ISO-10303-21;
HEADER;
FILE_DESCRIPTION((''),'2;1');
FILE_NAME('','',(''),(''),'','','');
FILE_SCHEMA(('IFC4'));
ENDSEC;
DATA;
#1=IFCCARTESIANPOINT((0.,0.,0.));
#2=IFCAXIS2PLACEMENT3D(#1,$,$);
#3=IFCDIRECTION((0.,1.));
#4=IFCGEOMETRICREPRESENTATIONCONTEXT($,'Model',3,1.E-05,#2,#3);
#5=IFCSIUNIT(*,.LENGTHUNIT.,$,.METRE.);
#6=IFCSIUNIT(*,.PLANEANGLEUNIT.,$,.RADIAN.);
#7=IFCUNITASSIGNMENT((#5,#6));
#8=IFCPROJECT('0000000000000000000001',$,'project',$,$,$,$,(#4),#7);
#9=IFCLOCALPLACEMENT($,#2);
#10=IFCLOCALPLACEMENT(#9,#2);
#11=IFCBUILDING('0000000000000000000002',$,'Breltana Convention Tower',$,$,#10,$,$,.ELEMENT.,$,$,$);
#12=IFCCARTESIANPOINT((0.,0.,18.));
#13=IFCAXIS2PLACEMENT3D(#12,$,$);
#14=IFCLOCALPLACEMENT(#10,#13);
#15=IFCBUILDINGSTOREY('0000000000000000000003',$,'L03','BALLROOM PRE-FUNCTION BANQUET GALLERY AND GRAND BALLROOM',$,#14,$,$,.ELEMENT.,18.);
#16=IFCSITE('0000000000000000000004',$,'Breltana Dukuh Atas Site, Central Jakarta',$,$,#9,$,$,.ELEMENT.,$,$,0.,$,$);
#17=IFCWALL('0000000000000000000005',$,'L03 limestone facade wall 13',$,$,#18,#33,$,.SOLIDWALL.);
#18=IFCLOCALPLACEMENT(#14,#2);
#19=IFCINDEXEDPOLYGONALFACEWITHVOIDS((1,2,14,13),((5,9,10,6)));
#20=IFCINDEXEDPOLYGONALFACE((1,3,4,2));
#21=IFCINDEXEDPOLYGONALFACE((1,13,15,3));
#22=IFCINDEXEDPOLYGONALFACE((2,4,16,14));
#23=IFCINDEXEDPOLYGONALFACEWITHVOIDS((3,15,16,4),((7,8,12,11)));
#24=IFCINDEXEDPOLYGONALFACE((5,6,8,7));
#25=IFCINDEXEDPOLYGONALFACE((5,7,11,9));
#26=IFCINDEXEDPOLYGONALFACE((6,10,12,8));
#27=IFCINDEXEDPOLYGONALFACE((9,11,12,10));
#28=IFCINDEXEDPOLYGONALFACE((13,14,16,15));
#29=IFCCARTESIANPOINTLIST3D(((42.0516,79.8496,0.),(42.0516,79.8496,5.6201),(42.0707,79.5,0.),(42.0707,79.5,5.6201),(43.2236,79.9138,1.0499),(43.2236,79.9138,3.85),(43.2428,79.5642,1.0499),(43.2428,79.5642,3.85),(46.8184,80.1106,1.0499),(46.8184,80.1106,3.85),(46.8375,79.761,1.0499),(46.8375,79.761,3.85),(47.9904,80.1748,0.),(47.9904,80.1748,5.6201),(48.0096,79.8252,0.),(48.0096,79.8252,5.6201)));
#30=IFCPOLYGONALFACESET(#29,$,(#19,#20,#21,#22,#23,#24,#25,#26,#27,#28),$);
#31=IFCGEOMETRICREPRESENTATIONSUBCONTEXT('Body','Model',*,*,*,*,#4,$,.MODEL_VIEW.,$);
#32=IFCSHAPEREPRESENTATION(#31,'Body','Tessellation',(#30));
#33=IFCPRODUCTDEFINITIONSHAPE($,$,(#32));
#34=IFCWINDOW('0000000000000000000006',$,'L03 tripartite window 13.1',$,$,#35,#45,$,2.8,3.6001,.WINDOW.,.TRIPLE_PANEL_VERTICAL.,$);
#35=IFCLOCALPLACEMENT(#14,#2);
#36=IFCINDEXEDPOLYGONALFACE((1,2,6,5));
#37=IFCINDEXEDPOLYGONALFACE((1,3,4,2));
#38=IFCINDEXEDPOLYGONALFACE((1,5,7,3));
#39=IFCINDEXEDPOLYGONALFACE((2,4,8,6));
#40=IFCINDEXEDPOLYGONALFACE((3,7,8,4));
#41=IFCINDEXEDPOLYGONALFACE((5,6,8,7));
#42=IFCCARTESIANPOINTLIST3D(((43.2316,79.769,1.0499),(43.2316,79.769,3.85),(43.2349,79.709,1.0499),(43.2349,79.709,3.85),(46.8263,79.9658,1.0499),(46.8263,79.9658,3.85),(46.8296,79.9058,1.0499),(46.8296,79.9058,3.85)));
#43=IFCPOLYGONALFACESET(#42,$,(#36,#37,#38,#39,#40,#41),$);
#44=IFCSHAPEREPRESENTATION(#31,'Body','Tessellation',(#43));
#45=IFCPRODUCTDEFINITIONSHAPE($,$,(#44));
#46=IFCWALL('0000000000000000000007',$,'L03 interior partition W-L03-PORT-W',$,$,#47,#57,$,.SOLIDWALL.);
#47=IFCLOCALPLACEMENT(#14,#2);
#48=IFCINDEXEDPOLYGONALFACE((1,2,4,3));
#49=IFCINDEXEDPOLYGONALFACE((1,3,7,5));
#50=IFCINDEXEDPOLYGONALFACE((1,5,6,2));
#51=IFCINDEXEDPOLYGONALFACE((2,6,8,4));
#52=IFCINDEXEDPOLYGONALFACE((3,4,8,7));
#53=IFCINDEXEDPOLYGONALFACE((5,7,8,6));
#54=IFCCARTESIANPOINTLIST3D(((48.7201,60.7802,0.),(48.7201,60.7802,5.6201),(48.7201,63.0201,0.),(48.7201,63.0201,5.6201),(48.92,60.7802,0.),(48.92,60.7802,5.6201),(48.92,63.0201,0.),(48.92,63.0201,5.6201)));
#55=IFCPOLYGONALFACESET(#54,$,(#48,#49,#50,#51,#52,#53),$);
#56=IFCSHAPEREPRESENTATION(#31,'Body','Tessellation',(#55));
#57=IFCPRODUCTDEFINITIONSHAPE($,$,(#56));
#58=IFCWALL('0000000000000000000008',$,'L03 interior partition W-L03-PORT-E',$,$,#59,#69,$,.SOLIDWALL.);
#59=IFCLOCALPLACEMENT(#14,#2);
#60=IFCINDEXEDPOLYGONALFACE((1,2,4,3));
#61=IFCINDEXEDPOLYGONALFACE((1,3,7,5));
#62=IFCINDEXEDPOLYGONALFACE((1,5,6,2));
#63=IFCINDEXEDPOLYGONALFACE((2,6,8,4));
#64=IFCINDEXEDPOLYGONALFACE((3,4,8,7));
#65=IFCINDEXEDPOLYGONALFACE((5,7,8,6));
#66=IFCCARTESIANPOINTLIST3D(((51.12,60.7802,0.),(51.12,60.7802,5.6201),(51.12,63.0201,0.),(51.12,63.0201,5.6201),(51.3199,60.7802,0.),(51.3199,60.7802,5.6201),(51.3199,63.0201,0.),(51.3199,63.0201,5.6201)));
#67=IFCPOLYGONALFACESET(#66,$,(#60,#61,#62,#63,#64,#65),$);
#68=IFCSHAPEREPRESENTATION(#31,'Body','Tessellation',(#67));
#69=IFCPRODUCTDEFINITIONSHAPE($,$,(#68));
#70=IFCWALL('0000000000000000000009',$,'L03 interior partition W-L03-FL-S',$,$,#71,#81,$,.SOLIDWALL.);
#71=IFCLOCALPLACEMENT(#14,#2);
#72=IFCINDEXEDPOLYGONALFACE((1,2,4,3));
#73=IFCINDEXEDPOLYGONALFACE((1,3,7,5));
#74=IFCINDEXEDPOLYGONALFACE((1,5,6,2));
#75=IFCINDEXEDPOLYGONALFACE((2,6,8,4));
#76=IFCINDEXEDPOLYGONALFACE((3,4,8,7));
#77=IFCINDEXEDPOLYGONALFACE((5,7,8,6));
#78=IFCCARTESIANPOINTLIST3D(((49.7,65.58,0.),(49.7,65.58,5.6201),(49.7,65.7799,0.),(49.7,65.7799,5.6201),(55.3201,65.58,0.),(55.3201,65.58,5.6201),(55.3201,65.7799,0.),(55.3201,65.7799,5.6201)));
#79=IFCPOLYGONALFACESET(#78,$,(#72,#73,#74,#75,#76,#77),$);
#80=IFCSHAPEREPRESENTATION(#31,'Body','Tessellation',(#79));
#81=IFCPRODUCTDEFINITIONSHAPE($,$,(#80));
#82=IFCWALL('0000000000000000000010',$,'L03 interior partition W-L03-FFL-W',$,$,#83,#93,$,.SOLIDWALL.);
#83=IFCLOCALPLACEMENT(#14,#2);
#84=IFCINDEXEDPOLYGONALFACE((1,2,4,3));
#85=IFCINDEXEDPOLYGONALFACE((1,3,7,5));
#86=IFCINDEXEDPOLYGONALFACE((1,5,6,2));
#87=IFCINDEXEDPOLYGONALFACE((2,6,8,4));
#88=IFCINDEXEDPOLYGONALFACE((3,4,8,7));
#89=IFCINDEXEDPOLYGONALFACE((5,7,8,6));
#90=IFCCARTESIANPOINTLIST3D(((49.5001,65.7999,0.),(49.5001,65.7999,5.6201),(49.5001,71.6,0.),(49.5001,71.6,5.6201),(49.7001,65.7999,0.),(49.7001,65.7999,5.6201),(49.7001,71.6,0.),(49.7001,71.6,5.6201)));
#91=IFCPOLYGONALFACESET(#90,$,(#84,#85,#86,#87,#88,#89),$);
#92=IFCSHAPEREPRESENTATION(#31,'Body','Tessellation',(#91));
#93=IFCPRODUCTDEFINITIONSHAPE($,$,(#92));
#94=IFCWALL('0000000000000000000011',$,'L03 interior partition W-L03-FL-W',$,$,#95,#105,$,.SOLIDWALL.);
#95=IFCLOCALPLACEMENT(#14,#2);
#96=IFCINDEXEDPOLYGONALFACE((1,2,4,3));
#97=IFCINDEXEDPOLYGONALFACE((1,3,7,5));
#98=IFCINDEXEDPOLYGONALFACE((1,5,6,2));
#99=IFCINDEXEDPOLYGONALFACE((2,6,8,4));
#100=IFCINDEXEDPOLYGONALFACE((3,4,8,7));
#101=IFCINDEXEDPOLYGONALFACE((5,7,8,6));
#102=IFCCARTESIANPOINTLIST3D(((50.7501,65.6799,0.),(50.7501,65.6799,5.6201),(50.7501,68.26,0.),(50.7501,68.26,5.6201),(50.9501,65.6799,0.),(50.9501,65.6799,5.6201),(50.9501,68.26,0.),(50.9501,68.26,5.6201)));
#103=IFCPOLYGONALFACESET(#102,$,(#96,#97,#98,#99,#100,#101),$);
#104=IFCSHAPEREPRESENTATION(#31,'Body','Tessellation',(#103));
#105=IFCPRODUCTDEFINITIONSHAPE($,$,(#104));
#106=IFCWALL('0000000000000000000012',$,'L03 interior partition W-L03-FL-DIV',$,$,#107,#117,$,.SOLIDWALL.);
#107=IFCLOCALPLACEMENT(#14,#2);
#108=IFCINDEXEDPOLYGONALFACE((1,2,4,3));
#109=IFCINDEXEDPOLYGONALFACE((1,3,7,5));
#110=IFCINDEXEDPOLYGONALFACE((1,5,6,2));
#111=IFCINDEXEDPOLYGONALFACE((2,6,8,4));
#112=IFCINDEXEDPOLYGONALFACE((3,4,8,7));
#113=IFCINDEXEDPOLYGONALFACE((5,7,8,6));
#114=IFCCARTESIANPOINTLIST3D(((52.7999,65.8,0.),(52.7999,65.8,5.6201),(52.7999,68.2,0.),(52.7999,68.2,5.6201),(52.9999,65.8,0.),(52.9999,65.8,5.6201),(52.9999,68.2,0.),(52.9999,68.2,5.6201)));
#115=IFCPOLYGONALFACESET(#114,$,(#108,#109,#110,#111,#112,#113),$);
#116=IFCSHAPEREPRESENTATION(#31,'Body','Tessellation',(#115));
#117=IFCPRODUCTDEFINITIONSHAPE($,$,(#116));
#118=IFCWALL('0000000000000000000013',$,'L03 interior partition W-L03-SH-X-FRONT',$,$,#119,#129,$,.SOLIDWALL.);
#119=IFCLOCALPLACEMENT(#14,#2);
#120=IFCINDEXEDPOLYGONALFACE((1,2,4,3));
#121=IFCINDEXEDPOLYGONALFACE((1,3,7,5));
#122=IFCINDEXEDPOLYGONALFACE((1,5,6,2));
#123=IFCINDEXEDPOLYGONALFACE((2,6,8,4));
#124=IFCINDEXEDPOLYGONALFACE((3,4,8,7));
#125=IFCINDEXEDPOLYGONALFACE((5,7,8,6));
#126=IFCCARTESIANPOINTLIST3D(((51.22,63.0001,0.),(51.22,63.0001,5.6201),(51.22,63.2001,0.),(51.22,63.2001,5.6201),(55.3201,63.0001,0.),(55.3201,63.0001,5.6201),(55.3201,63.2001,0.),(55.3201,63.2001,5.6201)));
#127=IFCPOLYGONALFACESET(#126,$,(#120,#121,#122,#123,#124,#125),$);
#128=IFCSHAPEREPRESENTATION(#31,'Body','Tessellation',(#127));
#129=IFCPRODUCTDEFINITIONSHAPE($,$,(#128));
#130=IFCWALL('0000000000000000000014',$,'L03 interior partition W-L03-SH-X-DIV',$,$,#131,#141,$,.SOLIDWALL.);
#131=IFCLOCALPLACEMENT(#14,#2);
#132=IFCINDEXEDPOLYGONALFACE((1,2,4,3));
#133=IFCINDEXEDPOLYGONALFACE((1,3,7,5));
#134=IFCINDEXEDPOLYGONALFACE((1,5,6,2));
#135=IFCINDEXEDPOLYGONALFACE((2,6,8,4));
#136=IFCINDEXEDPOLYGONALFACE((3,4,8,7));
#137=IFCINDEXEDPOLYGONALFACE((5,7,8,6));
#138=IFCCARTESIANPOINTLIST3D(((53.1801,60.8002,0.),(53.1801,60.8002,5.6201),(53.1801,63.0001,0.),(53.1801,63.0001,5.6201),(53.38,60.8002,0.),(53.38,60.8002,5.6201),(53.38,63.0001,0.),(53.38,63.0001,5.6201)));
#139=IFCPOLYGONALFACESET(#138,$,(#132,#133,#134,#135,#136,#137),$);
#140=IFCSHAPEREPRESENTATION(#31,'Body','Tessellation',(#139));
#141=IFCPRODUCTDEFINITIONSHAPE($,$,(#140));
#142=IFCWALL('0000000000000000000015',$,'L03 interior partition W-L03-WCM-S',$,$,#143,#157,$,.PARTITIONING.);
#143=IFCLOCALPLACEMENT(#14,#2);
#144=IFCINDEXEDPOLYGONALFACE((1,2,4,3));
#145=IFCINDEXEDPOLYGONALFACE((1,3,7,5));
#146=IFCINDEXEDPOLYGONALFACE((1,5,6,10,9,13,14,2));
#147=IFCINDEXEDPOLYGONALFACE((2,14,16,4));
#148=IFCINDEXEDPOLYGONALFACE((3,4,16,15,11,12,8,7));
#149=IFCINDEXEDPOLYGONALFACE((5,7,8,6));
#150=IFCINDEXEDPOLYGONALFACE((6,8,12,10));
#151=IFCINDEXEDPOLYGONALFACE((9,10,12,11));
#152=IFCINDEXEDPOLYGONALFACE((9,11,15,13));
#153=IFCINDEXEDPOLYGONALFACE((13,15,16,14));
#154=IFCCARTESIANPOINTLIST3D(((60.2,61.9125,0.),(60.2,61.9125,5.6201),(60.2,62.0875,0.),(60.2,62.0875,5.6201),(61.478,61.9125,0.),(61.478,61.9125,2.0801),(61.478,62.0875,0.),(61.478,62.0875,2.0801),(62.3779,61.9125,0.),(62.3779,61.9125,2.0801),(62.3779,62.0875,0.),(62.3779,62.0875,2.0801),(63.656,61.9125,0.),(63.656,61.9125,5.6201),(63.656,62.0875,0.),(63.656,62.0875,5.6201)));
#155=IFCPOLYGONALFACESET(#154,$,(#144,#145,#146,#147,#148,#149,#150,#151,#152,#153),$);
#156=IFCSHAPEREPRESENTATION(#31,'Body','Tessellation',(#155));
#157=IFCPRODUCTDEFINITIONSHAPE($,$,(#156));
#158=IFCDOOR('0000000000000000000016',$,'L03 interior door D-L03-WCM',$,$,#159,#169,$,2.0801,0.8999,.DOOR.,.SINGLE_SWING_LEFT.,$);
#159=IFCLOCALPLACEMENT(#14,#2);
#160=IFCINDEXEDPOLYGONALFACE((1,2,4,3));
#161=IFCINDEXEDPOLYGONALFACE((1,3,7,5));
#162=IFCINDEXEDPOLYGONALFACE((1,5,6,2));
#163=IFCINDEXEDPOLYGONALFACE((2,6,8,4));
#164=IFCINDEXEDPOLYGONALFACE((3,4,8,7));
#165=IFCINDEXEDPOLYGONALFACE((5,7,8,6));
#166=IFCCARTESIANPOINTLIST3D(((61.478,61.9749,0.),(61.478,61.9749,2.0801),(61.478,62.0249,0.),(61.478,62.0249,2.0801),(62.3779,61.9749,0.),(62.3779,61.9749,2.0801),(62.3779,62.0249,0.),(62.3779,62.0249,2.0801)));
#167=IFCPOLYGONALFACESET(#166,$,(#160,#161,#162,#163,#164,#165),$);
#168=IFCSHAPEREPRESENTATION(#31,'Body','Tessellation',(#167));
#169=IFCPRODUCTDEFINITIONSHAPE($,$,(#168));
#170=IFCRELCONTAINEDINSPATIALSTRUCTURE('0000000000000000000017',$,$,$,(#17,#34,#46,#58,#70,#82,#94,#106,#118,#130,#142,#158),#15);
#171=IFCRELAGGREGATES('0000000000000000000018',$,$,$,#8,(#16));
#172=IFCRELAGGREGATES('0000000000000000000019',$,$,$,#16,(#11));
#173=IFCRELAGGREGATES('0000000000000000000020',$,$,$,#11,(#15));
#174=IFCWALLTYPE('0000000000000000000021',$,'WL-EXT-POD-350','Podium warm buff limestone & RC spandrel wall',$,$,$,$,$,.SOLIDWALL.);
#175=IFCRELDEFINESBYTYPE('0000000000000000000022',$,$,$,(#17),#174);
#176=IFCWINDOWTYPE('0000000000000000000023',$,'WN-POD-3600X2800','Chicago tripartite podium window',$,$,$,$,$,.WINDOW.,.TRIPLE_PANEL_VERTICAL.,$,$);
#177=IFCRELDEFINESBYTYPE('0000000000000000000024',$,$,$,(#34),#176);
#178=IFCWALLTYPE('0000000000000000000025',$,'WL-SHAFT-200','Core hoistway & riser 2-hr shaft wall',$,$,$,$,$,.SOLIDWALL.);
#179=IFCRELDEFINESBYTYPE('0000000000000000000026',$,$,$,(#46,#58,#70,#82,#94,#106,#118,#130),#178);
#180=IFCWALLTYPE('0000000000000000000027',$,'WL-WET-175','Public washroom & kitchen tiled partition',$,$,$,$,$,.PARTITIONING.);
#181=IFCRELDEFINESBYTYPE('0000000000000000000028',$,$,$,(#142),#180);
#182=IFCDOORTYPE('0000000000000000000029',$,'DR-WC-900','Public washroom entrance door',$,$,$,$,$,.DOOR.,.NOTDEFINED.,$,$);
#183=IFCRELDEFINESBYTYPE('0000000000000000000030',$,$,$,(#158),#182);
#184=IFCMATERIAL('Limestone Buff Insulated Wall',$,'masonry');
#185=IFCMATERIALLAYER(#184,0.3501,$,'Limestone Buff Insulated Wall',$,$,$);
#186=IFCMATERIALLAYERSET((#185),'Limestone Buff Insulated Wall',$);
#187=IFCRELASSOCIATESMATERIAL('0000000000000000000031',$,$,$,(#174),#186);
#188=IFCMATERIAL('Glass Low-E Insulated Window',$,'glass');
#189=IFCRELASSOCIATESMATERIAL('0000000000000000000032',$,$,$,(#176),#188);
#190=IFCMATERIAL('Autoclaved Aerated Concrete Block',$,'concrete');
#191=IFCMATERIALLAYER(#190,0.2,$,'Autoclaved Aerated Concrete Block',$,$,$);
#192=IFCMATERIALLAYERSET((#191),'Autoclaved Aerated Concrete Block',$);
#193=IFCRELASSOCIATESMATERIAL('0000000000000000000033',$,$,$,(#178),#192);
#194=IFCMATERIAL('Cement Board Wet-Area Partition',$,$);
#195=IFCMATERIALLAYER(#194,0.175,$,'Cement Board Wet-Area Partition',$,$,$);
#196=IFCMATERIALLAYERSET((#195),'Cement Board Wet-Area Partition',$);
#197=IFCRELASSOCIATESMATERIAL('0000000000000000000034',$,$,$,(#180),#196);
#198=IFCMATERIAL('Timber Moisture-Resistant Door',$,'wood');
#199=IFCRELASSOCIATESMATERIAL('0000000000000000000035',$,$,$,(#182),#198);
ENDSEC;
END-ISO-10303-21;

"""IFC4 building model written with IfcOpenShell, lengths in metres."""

from ifc_helpers import new_model, si_unit, direction, frame, frame_2d, origin, place, context, subcontext, project, spatial, rectangle, extrude, source, transform, mapped, material, layer, layer_set, type_object, type_shapes, element, fill, save


model = new_model("IFC4")

# Units and contexts
model_context = context("Model", 3, precision=1e-05, world=origin(), true_north=direction((0.0, 1.0)))
body_context = subcontext(model_context, "Body", "Model", "MODEL_VIEW")
ifc_project = project(units=[si_unit("LENGTHUNIT", "METRE"), si_unit("PLANEANGLEUNIT", "RADIAN")], contexts=[model_context])

# Site, building, storey
site_placement = place(None, origin())
site = spatial("IfcSite", under=ifc_project, at=site_placement, Name="Breltana Dukuh Atas Site, Central Jakarta", CompositionType="ELEMENT", RefElevation=0.0)
building_placement = place(site_placement, origin())
building = spatial("IfcBuilding", under=site, at=building_placement, Name="Breltana Convention Tower", CompositionType="ELEMENT")
storey_placement = place(building_placement, frame((0.0, 0.0, 18.0)))
storey = spatial("IfcBuildingStorey", under=building, at=storey_placement, Name="L03", Description="BALLROOM PRE-FUNCTION BANQUET GALLERY AND GRAND BALLROOM", CompositionType="ELEMENT", Elevation=18.0)

# Wall, opening, window
ifc_material_1 = material(Name="Limestone Buff Insulated Wall", Category="masonry")
ifc_layer_1 = layer(ifc_material_1, 0.3501, Name="Limestone Buff Insulated Wall")
ifc_layer_set_1 = layer_set([ifc_layer_1], Name="Limestone Buff Insulated Wall")
wall_type_1 = type_object("IfcWallType", Name="WL-EXT-POD-350", Description="Podium warm buff limestone & RC spandrel wall", PredefinedType="SOLIDWALL", material=ifc_layer_set_1)
ifc_material_2 = material(Name="Glass Low-E Insulated Window", Category="glass")
window_type = type_object("IfcWindowType", Name="WN-POD-3600X2800", Description="Chicago tripartite podium window", PartitioningType="TRIPLE_PANEL_VERTICAL", PredefinedType="WINDOW", material=ifc_material_2)
shared_shape_1 = source(origin(), body_context, "Body", "SweptSolid", [
    extrude(rectangle(XDim=3.6001, YDim=2.8, at=frame_2d((1.8, 1.3999))), frame((0.0, 0.03, 0.0), z_axis=(0.0, -1.0, 0.0), x_axis=(1.0, 0.0, 0.0)), (0.0, 0.0, 1.0), 0.0601),
])
type_shapes(window_type, [shared_shape_1])
shared_shape_2 = source(origin(), body_context, "Body", "SweptSolid", [
    extrude(rectangle(XDim=5.9478, YDim=0.3501, at=frame_2d((2.9739, 0.0))), origin(), (0.0, 0.0, 1.0), 5.6201),
])
wall_1_placement = place(storey_placement, frame((48.0, 80.0, 0.0), z_axis=(0.0, 0.0, 1.0), x_axis=(-0.998504, -0.054674, 0.0)))
wall_1 = element("IfcWall", 1, at=wall_1_placement, inside=storey, type_object=wall_type_1, Name="L03 limestone facade wall 13", PredefinedType="SOLIDWALL", context=body_context, shape_type="MappedRepresentation", body=[
    mapped(shared_shape_2, transform((0.0, 0.0, 0.0), scale=1.0)),
])
opening_1_placement = place(wall_1_placement, frame((1.1738, 0.0, 1.05)))
opening_1 = element("IfcOpeningElement", 2, at=opening_1_placement, cuts=wall_1, PredefinedType="OPENING", context=body_context, shape_type="SweptSolid", body=[
    extrude(rectangle(XDim=3.6001, YDim=2.8, at=frame_2d((1.8, 1.3999))), frame((0.0, 0.1851, 0.0), z_axis=(0.0, -1.0, 0.0), x_axis=(1.0, 0.0, 0.0)), (0.0, 0.0, 1.0), 0.3701),
])
window_1_placement = place(opening_1_placement, origin())
window_1 = element("IfcWindow", 3, at=window_1_placement, inside=storey, type_object=window_type, Name="L03 tripartite window 13.1", OverallHeight=2.8, OverallWidth=3.6001, PartitioningType="TRIPLE_PANEL_VERTICAL", PredefinedType="WINDOW", context=body_context, shape_type="MappedRepresentation", body=[
    mapped(shared_shape_1, transform((0.0, 0.0, 0.0), scale=1.0)),
])
fill(opening_1, window_1)

# Walls
ifc_material_3 = material(Name="Autoclaved Aerated Concrete Block", Category="concrete")
ifc_layer_2 = layer(ifc_material_3, 0.2, Name="Autoclaved Aerated Concrete Block")
ifc_layer_set_2 = layer_set([ifc_layer_2], Name="Autoclaved Aerated Concrete Block")
wall_type_2 = type_object("IfcWallType", Name="WL-SHAFT-200", Description="Core hoistway & riser 2-hr shaft wall", PredefinedType="SOLIDWALL", material=ifc_layer_set_2)
shared_shape_3 = source(origin(), body_context, "Body", "SweptSolid", [
    extrude(rectangle(XDim=2.24, YDim=0.2, at=frame_2d((1.1201, 0.0))), origin(), (0.0, 0.0, 1.0), 5.6201),
])
for number, where, z_axis, x_axis, name in (
    (4, (48.8201, 60.78, 0.0), (0.0, 0.0, 1.0), (0.0, 1.0, 0.0), "L03 interior partition W-L03-PORT-W"),
    (5, (51.22, 60.78, 0.0), (0.0, 0.0, 1.0), (0.0, 1.0, 0.0), "L03 interior partition W-L03-PORT-E"),
):
    element("IfcWall", number, at=place(storey_placement, frame(where, z_axis=z_axis, x_axis=x_axis)), inside=storey, type_object=wall_type_2, Name=name, PredefinedType="SOLIDWALL", context=body_context, shape_type="MappedRepresentation", body=[
        mapped(shared_shape_3, transform((0.0, 0.0, 0.0), scale=1.0)),
    ])

# Shared definitions
shared_shape_4 = source(origin(), body_context, "Body", "SweptSolid", [
    extrude(rectangle(XDim=5.6201, YDim=0.2, at=frame_2d((2.8101, 0.0))), origin(), (0.0, 0.0, 1.0), 5.6201),
])

# Walls
wall_2_placement = place(storey_placement, frame((49.7, 65.6799, 0.0), z_axis=(0.0, 0.0, 1.0), x_axis=(1.0, 0.0, 0.0)))
element("IfcWall", 6, at=wall_2_placement, inside=storey, type_object=wall_type_2, Name="L03 interior partition W-L03-FL-S", PredefinedType="SOLIDWALL", context=body_context, shape_type="MappedRepresentation", body=[
    mapped(shared_shape_4, transform((0.0, 0.0, 0.0), scale=1.0)),
])
shared_shape_5 = source(origin(), body_context, "Body", "SweptSolid", [
    extrude(rectangle(XDim=5.8, YDim=0.2, at=frame_2d((2.8999, 0.0))), origin(), (0.0, 0.0, 1.0), 5.6201),
])
wall_3_placement = place(storey_placement, frame((49.6001, 65.8, 0.0), z_axis=(0.0, 0.0, 1.0), x_axis=(0.0, 1.0, 0.0)))
element("IfcWall", 7, at=wall_3_placement, inside=storey, type_object=wall_type_2, Name="L03 interior partition W-L03-FFL-W", PredefinedType="SOLIDWALL", context=body_context, shape_type="MappedRepresentation", body=[
    mapped(shared_shape_5, transform((0.0, 0.0, 0.0), scale=1.0)),
])
shared_shape_6 = source(origin(), body_context, "Body", "SweptSolid", [
    extrude(rectangle(XDim=2.5801, YDim=0.2, at=frame_2d((1.29, 0.0))), origin(), (0.0, 0.0, 1.0), 5.6201),
])
wall_4_placement = place(storey_placement, frame((50.8501, 65.6799, 0.0), z_axis=(0.0, 0.0, 1.0), x_axis=(0.0, 1.0, 0.0)))
element("IfcWall", 8, at=wall_4_placement, inside=storey, type_object=wall_type_2, Name="L03 interior partition W-L03-FL-W", PredefinedType="SOLIDWALL", context=body_context, shape_type="MappedRepresentation", body=[
    mapped(shared_shape_6, transform((0.0, 0.0, 0.0), scale=1.0)),
])
shared_shape_7 = source(origin(), body_context, "Body", "SweptSolid", [
    extrude(rectangle(XDim=2.3999, YDim=0.2, at=frame_2d((1.2, 0.0))), origin(), (0.0, 0.0, 1.0), 5.6201),
])
wall_5_placement = place(storey_placement, frame((52.8999, 65.8, 0.0), z_axis=(0.0, 0.0, 1.0), x_axis=(0.0, 1.0, 0.0)))
element("IfcWall", 9, at=wall_5_placement, inside=storey, type_object=wall_type_2, Name="L03 interior partition W-L03-FL-DIV", PredefinedType="SOLIDWALL", context=body_context, shape_type="MappedRepresentation", body=[
    mapped(shared_shape_7, transform((0.0, 0.0, 0.0), scale=1.0)),
])
shared_shape_8 = source(origin(), body_context, "Body", "SweptSolid", [
    extrude(rectangle(XDim=4.1001, YDim=0.2, at=frame_2d((2.05, 0.0))), origin(), (0.0, 0.0, 1.0), 5.6201),
])
wall_6_placement = place(storey_placement, frame((51.22, 63.1001, 0.0), z_axis=(0.0, 0.0, 1.0), x_axis=(1.0, 0.0, 0.0)))
element("IfcWall", 10, at=wall_6_placement, inside=storey, type_object=wall_type_2, Name="L03 interior partition W-L03-SH-X-FRONT", PredefinedType="SOLIDWALL", context=body_context, shape_type="MappedRepresentation", body=[
    mapped(shared_shape_8, transform((0.0, 0.0, 0.0), scale=1.0)),
])
shared_shape_9 = source(origin(), body_context, "Body", "SweptSolid", [
    extrude(rectangle(XDim=2.2, YDim=0.2, at=frame_2d((1.1001, 0.0))), origin(), (0.0, 0.0, 1.0), 5.6201),
])
wall_7_placement = place(storey_placement, frame((53.28, 60.8, 0.0), z_axis=(0.0, 0.0, 1.0), x_axis=(0.0, 1.0, 0.0)))
element("IfcWall", 11, at=wall_7_placement, inside=storey, type_object=wall_type_2, Name="L03 interior partition W-L03-SH-X-DIV", PredefinedType="SOLIDWALL", context=body_context, shape_type="MappedRepresentation", body=[
    mapped(shared_shape_9, transform((0.0, 0.0, 0.0), scale=1.0)),
])

# Wall, opening, door
ifc_material_4 = material(Name="Cement Board Wet-Area Partition")
ifc_layer_3 = layer(ifc_material_4, 0.175, Name="Cement Board Wet-Area Partition")
ifc_layer_set_3 = layer_set([ifc_layer_3], Name="Cement Board Wet-Area Partition")
wall_type_3 = type_object("IfcWallType", Name="WL-WET-175", Description="Public washroom & kitchen tiled partition", PredefinedType="PARTITIONING", material=ifc_layer_set_3)
shared_shape_10 = source(origin(), body_context, "Body", "SweptSolid", [
    extrude(rectangle(XDim=3.4561, YDim=0.175, at=frame_2d((1.728, 0.0))), origin(), (0.0, 0.0, 1.0), 5.6201),
])
wall_8_placement = place(storey_placement, frame((60.2, 62.0, 0.0), z_axis=(0.0, 0.0, 1.0), x_axis=(1.0, 0.0, 0.0)))
wall_8 = element("IfcWall", 12, at=wall_8_placement, inside=storey, type_object=wall_type_3, Name="L03 interior partition W-L03-WCM-S", PredefinedType="PARTITIONING", context=body_context, shape_type="MappedRepresentation", body=[
    mapped(shared_shape_10, transform((0.0, 0.0, 0.0), scale=1.0)),
])
opening_2_placement = place(wall_8_placement, frame((1.2781, 0.0, 0.0)))
opening_2 = element("IfcOpeningElement", 13, at=opening_2_placement, cuts=wall_8, PredefinedType="OPENING", context=body_context, shape_type="SweptSolid", body=[
    extrude(rectangle(XDim=0.8999, YDim=2.0801, at=frame_2d((0.45, 1.04))), frame((0.0, 0.0977, 0.0), z_axis=(0.0, -1.0, 0.0), x_axis=(1.0, 0.0, 0.0)), (0.0, 0.0, 1.0), 0.1951),
])
ifc_material_5 = material(Name="Timber Moisture-Resistant Door", Category="wood")
door_type_1 = type_object("IfcDoorType", Name="DR-WC-900", Description="Public washroom entrance door", OperationType="NOTDEFINED", PredefinedType="DOOR", material=ifc_material_5)
shared_shape_11 = source(origin(), body_context, "Body", "SweptSolid", [
    extrude(rectangle(XDim=0.8999, YDim=2.0801, at=frame_2d((0.45, 1.04))), frame((0.0, 0.0249, 0.0), z_axis=(0.0, -1.0, 0.0), x_axis=(1.0, 0.0, 0.0)), (0.0, 0.0, 1.0), 0.05),
])
type_shapes(door_type_1, [shared_shape_11])
door_1_placement = place(opening_2_placement, origin())
door_1 = element("IfcDoor", 14, at=door_1_placement, inside=storey, type_object=door_type_1, Name="L03 interior door D-L03-WCM", OperationType="SINGLE_SWING_LEFT", OverallHeight=2.0801, OverallWidth=0.8999, PredefinedType="DOOR", context=body_context, shape_type="MappedRepresentation", body=[
    mapped(shared_shape_11, transform((0.0, 0.0, 0.0), scale=1.0)),
])
fill(opening_2, door_1)

save(model, "model.ifc")
